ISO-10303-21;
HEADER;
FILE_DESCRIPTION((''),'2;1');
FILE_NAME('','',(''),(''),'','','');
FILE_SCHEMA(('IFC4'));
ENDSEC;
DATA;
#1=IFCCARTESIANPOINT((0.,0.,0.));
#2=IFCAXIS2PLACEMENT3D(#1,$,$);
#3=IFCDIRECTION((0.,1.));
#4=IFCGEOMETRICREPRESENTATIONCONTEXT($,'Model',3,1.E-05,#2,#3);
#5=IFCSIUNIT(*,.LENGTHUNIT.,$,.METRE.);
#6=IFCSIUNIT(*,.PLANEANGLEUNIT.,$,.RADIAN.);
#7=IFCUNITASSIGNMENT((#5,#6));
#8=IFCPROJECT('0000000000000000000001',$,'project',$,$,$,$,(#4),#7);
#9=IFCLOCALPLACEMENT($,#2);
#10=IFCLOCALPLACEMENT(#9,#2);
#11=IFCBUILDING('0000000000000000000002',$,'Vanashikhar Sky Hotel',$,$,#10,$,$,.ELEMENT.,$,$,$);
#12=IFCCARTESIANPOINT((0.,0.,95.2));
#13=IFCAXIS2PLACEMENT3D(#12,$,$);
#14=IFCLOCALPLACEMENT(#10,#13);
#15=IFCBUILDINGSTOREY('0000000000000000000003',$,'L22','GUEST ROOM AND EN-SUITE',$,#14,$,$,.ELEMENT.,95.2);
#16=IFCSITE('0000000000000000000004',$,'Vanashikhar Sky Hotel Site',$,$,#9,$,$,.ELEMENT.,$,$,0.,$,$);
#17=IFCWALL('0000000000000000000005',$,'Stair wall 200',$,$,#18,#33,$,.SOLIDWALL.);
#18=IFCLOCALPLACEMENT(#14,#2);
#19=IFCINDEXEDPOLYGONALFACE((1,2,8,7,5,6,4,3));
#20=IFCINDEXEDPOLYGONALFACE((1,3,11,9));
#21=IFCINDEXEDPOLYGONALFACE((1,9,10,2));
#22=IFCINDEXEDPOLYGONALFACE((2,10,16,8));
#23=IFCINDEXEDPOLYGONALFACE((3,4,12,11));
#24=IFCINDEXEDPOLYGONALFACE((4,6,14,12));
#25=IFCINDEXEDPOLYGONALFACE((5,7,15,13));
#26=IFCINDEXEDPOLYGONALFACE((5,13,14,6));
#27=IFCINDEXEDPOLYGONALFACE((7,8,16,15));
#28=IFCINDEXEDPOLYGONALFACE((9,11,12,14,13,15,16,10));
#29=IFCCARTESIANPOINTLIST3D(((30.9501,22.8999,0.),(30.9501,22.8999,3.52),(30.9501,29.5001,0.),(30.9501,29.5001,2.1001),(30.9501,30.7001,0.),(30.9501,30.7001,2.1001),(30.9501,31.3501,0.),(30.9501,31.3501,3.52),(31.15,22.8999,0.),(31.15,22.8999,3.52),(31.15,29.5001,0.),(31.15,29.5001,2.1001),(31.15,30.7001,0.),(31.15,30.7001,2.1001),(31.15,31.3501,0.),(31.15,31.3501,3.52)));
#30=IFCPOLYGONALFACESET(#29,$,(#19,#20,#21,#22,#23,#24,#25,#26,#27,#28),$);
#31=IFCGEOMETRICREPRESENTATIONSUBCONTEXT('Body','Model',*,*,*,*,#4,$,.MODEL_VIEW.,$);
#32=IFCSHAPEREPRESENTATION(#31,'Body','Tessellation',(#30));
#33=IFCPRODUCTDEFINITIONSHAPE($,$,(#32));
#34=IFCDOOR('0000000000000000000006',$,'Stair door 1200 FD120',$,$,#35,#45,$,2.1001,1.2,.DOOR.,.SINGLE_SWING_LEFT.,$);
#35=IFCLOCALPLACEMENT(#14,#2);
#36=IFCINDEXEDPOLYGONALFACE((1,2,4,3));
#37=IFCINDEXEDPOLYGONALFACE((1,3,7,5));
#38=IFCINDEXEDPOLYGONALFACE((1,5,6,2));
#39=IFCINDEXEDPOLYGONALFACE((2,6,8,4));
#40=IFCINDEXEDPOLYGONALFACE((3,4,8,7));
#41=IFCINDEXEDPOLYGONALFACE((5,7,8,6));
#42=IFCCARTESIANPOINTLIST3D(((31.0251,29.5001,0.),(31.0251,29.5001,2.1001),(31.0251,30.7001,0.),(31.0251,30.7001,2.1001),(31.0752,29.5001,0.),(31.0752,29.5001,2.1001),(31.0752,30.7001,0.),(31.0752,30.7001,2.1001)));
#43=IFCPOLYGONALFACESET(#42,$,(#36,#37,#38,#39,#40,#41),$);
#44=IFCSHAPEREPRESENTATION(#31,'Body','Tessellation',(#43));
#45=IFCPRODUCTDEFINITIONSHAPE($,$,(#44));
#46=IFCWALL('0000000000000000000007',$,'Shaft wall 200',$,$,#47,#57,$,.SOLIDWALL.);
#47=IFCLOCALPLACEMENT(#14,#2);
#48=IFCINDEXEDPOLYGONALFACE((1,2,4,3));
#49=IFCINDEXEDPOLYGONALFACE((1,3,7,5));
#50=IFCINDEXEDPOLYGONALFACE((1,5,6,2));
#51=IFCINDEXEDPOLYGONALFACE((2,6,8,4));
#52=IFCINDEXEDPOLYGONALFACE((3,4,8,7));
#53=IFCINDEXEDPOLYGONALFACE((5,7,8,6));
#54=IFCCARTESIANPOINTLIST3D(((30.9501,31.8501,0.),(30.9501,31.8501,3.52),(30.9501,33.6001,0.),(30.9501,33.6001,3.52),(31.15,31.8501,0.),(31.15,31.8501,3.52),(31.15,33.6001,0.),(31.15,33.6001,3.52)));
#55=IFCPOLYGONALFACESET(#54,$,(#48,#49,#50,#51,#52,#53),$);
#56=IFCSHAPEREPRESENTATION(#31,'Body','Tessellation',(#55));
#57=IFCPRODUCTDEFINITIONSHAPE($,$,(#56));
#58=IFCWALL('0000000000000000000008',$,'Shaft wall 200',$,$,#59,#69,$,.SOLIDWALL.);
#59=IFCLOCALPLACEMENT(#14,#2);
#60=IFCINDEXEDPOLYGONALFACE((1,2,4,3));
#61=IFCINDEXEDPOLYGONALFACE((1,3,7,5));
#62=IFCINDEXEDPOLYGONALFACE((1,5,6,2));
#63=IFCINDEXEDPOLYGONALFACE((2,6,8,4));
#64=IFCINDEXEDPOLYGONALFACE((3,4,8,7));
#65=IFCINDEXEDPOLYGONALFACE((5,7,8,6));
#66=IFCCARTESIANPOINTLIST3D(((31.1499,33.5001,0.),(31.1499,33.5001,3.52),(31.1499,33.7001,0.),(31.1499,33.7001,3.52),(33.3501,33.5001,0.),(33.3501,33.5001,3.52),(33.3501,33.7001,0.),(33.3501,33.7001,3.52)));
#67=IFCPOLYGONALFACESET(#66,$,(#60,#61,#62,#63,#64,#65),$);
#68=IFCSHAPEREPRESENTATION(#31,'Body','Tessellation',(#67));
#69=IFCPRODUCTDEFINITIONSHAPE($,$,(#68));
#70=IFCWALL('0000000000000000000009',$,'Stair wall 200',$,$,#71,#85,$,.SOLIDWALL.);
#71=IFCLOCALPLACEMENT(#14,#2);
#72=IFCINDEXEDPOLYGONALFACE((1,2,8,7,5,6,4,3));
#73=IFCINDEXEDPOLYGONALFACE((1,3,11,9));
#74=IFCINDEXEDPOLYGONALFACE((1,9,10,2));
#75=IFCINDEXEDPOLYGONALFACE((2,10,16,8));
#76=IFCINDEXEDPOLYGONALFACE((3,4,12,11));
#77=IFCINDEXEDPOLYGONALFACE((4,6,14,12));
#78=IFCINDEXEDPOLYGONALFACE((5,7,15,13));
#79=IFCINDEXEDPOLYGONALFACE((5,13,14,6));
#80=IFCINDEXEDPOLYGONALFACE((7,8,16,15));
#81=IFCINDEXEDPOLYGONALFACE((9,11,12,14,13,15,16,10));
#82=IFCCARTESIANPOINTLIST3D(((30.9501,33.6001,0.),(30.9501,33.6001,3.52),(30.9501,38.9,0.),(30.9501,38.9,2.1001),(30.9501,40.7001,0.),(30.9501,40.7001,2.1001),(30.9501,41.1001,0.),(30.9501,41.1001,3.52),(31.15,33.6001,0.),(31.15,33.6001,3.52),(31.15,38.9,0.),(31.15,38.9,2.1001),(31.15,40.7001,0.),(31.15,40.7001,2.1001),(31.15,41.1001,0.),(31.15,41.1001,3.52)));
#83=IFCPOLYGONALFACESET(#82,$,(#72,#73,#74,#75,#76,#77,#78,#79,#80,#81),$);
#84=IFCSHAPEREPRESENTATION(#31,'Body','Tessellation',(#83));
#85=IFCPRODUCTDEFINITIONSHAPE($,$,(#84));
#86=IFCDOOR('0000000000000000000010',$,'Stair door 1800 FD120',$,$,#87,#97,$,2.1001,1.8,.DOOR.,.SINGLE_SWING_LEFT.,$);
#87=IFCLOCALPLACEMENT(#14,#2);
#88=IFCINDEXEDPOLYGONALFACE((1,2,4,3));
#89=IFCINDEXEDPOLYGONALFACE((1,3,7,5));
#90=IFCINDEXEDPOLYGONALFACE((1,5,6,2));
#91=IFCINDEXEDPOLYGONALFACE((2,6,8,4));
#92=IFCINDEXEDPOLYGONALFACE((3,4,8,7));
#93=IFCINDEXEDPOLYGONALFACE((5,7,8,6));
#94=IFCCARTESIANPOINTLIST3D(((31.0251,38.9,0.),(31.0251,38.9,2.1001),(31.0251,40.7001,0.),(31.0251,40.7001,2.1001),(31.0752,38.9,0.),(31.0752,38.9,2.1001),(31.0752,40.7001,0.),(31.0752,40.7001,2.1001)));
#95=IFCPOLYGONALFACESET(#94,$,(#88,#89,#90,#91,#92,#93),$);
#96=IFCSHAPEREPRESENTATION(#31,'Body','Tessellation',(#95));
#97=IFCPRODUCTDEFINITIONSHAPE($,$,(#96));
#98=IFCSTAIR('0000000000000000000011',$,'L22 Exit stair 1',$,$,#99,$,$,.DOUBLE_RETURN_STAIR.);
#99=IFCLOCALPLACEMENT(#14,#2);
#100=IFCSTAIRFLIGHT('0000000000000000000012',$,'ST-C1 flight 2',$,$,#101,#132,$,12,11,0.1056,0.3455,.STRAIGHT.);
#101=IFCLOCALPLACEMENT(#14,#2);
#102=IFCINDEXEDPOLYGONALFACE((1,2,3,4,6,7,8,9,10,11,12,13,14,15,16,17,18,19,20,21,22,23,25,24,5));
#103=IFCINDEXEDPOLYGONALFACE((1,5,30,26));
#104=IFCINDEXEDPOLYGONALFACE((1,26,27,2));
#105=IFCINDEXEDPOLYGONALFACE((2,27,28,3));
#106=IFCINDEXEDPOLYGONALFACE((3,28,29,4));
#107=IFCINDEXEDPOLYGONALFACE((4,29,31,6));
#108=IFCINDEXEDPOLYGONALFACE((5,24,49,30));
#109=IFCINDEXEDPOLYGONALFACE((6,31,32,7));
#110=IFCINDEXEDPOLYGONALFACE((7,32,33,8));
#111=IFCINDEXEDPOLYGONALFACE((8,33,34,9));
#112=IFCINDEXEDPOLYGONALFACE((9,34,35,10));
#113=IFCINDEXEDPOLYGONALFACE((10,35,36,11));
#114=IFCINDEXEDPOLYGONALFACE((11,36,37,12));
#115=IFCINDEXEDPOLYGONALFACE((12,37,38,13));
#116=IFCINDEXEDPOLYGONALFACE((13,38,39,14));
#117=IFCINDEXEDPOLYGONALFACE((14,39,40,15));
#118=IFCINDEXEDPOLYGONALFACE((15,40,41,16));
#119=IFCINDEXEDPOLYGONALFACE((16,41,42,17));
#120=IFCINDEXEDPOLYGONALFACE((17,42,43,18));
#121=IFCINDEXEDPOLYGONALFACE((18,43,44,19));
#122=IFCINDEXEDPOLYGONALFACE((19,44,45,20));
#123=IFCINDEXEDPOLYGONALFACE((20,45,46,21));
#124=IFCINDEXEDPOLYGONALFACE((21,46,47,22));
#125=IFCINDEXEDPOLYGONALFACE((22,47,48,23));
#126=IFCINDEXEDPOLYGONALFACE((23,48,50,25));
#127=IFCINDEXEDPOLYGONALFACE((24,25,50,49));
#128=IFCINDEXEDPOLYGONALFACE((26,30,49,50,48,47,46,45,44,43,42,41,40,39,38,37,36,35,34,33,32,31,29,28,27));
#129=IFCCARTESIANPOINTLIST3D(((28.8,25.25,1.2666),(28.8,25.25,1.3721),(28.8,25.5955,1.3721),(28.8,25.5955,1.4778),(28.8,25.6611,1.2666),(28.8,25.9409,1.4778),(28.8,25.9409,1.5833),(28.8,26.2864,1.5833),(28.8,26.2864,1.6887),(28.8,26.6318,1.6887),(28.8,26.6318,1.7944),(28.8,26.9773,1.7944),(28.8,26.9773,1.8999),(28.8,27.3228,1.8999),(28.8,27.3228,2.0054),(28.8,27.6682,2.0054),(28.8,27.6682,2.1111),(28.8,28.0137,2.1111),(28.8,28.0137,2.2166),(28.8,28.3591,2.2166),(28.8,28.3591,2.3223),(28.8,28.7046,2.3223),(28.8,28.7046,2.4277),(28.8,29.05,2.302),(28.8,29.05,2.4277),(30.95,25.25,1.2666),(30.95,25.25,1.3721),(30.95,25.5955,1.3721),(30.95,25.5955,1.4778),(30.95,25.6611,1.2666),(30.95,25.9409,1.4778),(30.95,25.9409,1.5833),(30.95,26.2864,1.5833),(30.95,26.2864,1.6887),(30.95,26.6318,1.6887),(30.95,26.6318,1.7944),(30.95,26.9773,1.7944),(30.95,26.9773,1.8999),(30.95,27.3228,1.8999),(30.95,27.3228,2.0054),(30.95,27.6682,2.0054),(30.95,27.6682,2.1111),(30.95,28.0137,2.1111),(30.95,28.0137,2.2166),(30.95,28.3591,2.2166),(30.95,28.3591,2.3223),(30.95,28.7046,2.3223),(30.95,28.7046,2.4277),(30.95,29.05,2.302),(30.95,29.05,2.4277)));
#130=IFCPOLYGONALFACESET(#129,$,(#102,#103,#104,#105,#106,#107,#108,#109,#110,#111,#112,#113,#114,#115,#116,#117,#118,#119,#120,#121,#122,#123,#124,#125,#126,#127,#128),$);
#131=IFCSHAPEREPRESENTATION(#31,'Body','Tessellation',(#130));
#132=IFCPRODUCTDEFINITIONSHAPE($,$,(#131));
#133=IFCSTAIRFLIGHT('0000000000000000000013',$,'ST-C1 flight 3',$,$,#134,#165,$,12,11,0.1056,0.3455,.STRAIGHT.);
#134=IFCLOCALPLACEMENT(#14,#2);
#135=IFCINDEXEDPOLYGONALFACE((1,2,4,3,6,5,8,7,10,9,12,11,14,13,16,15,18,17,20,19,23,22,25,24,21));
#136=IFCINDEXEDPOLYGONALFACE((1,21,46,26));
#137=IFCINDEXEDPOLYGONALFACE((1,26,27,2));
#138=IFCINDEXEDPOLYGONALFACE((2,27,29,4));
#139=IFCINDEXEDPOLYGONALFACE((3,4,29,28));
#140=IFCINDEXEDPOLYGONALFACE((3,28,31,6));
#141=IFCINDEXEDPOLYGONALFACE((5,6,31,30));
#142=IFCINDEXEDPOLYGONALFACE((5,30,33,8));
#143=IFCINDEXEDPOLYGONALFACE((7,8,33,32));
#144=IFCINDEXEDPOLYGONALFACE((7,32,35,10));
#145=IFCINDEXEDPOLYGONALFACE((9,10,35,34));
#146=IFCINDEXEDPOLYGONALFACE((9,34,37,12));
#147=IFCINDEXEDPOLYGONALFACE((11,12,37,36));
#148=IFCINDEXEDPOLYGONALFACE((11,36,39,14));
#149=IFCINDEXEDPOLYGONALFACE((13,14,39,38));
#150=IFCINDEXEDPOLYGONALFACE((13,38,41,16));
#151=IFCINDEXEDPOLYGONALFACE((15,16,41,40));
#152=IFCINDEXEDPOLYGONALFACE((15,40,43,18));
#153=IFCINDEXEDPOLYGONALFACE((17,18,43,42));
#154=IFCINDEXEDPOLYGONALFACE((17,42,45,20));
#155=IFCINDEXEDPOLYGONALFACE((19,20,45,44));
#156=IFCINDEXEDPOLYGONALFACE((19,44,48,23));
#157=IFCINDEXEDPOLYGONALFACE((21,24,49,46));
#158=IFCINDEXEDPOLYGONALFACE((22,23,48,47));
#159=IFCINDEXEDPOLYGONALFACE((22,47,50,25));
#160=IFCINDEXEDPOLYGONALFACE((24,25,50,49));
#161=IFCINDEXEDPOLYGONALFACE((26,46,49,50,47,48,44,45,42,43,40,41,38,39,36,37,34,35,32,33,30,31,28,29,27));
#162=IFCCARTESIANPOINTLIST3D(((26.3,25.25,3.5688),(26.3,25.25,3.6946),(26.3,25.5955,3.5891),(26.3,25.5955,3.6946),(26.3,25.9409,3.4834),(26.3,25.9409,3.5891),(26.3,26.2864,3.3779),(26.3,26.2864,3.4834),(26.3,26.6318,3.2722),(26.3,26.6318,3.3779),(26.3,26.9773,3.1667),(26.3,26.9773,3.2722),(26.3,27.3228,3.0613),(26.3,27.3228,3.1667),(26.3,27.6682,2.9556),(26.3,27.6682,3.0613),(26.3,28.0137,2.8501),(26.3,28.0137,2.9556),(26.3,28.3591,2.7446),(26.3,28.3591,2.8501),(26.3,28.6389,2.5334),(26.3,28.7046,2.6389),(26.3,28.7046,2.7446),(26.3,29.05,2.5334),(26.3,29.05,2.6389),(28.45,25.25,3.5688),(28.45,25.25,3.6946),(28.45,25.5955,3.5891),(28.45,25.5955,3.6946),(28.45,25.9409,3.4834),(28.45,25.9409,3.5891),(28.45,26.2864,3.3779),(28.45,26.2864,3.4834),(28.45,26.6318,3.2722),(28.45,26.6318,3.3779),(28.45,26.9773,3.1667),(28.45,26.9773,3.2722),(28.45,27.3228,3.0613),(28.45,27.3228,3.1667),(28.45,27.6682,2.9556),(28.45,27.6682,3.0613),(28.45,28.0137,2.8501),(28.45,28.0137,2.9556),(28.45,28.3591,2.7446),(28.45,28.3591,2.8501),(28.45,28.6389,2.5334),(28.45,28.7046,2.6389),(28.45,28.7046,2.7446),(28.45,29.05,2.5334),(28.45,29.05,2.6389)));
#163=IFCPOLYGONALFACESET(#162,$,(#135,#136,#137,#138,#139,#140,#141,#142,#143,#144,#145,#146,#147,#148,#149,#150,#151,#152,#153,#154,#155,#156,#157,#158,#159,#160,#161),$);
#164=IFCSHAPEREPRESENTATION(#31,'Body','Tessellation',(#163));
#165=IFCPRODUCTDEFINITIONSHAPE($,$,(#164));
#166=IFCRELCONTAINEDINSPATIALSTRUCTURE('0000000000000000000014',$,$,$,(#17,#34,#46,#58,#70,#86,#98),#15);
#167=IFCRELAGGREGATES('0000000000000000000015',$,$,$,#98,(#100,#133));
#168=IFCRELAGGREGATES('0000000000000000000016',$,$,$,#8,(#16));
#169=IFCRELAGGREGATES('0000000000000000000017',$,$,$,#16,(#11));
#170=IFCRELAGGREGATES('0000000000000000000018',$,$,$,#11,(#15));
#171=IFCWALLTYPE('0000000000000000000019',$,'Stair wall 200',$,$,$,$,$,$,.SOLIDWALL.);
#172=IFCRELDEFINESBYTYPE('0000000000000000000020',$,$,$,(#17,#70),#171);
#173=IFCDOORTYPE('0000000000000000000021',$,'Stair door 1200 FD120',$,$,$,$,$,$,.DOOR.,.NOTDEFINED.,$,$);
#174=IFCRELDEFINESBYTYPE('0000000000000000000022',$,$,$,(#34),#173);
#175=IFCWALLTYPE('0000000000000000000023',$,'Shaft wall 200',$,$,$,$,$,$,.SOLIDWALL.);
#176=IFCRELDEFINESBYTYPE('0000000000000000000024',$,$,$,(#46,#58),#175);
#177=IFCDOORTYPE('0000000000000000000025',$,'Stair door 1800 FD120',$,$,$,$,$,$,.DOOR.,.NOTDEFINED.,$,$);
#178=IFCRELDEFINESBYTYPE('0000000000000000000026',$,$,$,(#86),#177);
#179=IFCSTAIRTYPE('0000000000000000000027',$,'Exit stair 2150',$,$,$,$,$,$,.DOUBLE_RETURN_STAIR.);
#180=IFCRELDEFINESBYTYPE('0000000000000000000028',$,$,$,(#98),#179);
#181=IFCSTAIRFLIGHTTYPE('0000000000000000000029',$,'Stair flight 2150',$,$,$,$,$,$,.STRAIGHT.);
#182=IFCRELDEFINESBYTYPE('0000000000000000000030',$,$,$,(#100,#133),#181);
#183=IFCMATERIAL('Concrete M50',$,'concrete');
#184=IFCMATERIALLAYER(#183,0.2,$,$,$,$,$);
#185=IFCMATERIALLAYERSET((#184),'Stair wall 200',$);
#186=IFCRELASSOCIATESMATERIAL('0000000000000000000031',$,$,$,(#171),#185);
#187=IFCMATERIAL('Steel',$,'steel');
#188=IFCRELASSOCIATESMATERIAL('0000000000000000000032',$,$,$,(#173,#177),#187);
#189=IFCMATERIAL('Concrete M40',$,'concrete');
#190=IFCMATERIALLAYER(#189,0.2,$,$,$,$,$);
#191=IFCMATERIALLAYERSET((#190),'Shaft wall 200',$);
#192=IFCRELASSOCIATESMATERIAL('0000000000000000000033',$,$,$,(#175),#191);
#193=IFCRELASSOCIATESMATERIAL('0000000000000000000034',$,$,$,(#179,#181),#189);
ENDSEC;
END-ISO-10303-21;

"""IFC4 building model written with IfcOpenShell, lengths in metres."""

from ifc_helpers import new_model, si_unit, direction, frame, frame_2d, origin, place, context, subcontext, project, spatial, polyline, rectangle, outline, extrude, source, transform, mapped, material, layer, layer_set, type_object, element, fill, aggregate, save


model = new_model("IFC4")

# Units and contexts
model_context = context("Model", 3, precision=1e-05, world=origin(), true_north=direction((0.0, 1.0)))
body_context = subcontext(model_context, "Body", "Model", "MODEL_VIEW")
ifc_project = project(units=[si_unit("LENGTHUNIT", "METRE"), si_unit("PLANEANGLEUNIT", "RADIAN")], contexts=[model_context])

# Site, building, storey
site_placement = place(None, origin())
site = spatial("IfcSite", under=ifc_project, at=site_placement, Name="Vanashikhar Sky Hotel Site", CompositionType="ELEMENT", RefElevation=0.0)
building_placement = place(site_placement, origin())
building = spatial("IfcBuilding", under=site, at=building_placement, Name="Vanashikhar Sky Hotel", CompositionType="ELEMENT")
storey_placement = place(building_placement, frame((0.0, 0.0, 95.2)))
storey = spatial("IfcBuildingStorey", under=building, at=storey_placement, Name="L22", Description="GUEST ROOM AND EN-SUITE", CompositionType="ELEMENT", Elevation=95.2)

# Wall, opening, door
ifc_material_1 = material(Name="Concrete M50", Category="concrete")
ifc_layer_1 = layer(ifc_material_1, 0.2)
ifc_layer_set_1 = layer_set([ifc_layer_1], Name="Stair wall 200")
wall_type_1 = type_object("IfcWallType", Name="Stair wall 200", PredefinedType="SOLIDWALL", material=ifc_layer_set_1)
shared_shape_1 = source(origin(), body_context, "Body", "SweptSolid", [
    extrude(rectangle(XDim=8.4502, YDim=0.2, at=frame_2d((4.2251, 0.0))), origin(), (0.0, 0.0, 1.0), 3.52),
])
wall_1_placement = place(storey_placement, frame((31.05, 22.8999, 0.0), z_axis=(0.0, 0.0, 1.0), x_axis=(0.0, 1.0, 0.0)))
wall_1 = element("IfcWall", 1, at=wall_1_placement, inside=storey, type_object=wall_type_1, Name="Stair wall 200", PredefinedType="SOLIDWALL", context=body_context, shape_type="MappedRepresentation", body=[
    mapped(shared_shape_1, transform((0.0, 0.0, 0.0), scale=1.0)),
])
shared_shape_2 = source(origin(), body_context, "Body", "SweptSolid", [
    extrude(rectangle(XDim=1.2, YDim=2.1001, at=frame_2d((0.6001, 1.05))), frame((0.0, 0.1099, 0.0), z_axis=(0.0, -1.0, 0.0), x_axis=(1.0, 0.0, 0.0)), (0.0, 0.0, 1.0), 0.22),
])
opening_1_placement = place(wall_1_placement, frame((6.6001, 0.0, 0.0)))
opening_1 = element("IfcOpeningElement", 2, at=opening_1_placement, cuts=wall_1, PredefinedType="OPENING", context=body_context, shape_type="MappedRepresentation", body=[
    mapped(shared_shape_2, transform((0.0, 0.0, 0.0), scale=1.0)),
])
ifc_material_2 = material(Name="Steel", Category="steel")
door_type_1 = type_object("IfcDoorType", Name="Stair door 1200 FD120", OperationType="NOTDEFINED", PredefinedType="DOOR", material=ifc_material_2)
shared_shape_3 = source(origin(), body_context, "Body", "SweptSolid", [
    extrude(rectangle(XDim=1.2, YDim=2.1001, at=frame_2d((0.6001, 1.05))), frame((0.0, 0.0249, 0.0), z_axis=(0.0, -1.0, 0.0), x_axis=(1.0, 0.0, 0.0)), (0.0, 0.0, 1.0), 0.05),
])
door_1_placement = place(opening_1_placement, origin())
door_1 = element("IfcDoor", 3, at=door_1_placement, inside=storey, type_object=door_type_1, Name="Stair door 1200 FD120", OperationType="SINGLE_SWING_LEFT", OverallHeight=2.1001, OverallWidth=1.2, PredefinedType="DOOR", context=body_context, shape_type="MappedRepresentation", body=[
    mapped(shared_shape_3, transform((0.0, 0.0, 0.0), scale=1.0)),
])
fill(opening_1, door_1)

# Walls
ifc_material_3 = material(Name="Concrete M40", Category="concrete")
ifc_layer_2 = layer(ifc_material_3, 0.2)
ifc_layer_set_2 = layer_set([ifc_layer_2], Name="Shaft wall 200")
wall_type_2 = type_object("IfcWallType", Name="Shaft wall 200", PredefinedType="SOLIDWALL", material=ifc_layer_set_2)
shared_shape_4 = source(origin(), body_context, "Body", "SweptSolid", [
    extrude(rectangle(XDim=1.75, YDim=0.2, at=frame_2d((0.875, 0.0))), origin(), (0.0, 0.0, 1.0), 3.52),
])
wall_2_placement = place(storey_placement, frame((31.05, 31.8501, 0.0), z_axis=(0.0, 0.0, 1.0), x_axis=(0.0, 1.0, 0.0)))
element("IfcWall", 4, at=wall_2_placement, inside=storey, type_object=wall_type_2, Name="Shaft wall 200", PredefinedType="SOLIDWALL", context=body_context, shape_type="MappedRepresentation", body=[
    mapped(shared_shape_4, transform((0.0, 0.0, 0.0), scale=1.0)),
])
shared_shape_5 = source(origin(), body_context, "Body", "SweptSolid", [
    extrude(rectangle(XDim=2.2002, YDim=0.2, at=frame_2d((1.1001, 0.0))), origin(), (0.0, 0.0, 1.0), 3.52),
])
wall_3_placement = place(storey_placement, frame((31.1499, 33.6001, 0.0), z_axis=(0.0, 0.0, 1.0), x_axis=(1.0, 0.0, 0.0)))
element("IfcWall", 5, at=wall_3_placement, inside=storey, type_object=wall_type_2, Name="Shaft wall 200", PredefinedType="SOLIDWALL", context=body_context, shape_type="MappedRepresentation", body=[
    mapped(shared_shape_5, transform((0.0, 0.0, 0.0), scale=1.0)),
])

# Wall, opening, door
shared_shape_6 = source(origin(), body_context, "Body", "SweptSolid", [
    extrude(rectangle(XDim=7.5, YDim=0.2, at=frame_2d((3.75, 0.0))), origin(), (0.0, 0.0, 1.0), 3.52),
])
wall_4_placement = place(storey_placement, frame((31.05, 33.6001, 0.0), z_axis=(0.0, 0.0, 1.0), x_axis=(0.0, 1.0, 0.0)))
wall_4 = element("IfcWall", 6, at=wall_4_placement, inside=storey, type_object=wall_type_1, Name="Stair wall 200", PredefinedType="SOLIDWALL", context=body_context, shape_type="MappedRepresentation", body=[
    mapped(shared_shape_6, transform((0.0, 0.0, 0.0), scale=1.0)),
])
shared_shape_7 = source(origin(), body_context, "Body", "SweptSolid", [
    extrude(rectangle(XDim=1.8, YDim=2.1001, at=frame_2d((0.8999, 1.05))), frame((0.0, 0.1099, 0.0), z_axis=(0.0, -1.0, 0.0), x_axis=(1.0, 0.0, 0.0)), (0.0, 0.0, 1.0), 0.22),
])
opening_2_placement = place(wall_4_placement, frame((5.3, 0.0, 0.0)))
opening_2 = element("IfcOpeningElement", 7, at=opening_2_placement, cuts=wall_4, PredefinedType="OPENING", context=body_context, shape_type="MappedRepresentation", body=[
    mapped(shared_shape_7, transform((0.0, 0.0, 0.0), scale=1.0)),
])
door_type_2 = type_object("IfcDoorType", Name="Stair door 1800 FD120", OperationType="NOTDEFINED", PredefinedType="DOOR", material=ifc_material_2)
shared_shape_8 = source(origin(), body_context, "Body", "SweptSolid", [
    extrude(rectangle(XDim=1.8, YDim=2.1001, at=frame_2d((0.8999, 1.05))), frame((0.0, 0.0249, 0.0), z_axis=(0.0, -1.0, 0.0), x_axis=(1.0, 0.0, 0.0)), (0.0, 0.0, 1.0), 0.05),
])
door_2_placement = place(opening_2_placement, origin())
door_2 = element("IfcDoor", 8, at=door_2_placement, inside=storey, type_object=door_type_2, Name="Stair door 1800 FD120", OperationType="SINGLE_SWING_LEFT", OverallHeight=2.1001, OverallWidth=1.8, PredefinedType="DOOR", context=body_context, shape_type="MappedRepresentation", body=[
    mapped(shared_shape_8, transform((0.0, 0.0, 0.0), scale=1.0)),
])
fill(opening_2, door_2)

# Stair, stair flights
stair_type = type_object("IfcStairType", Name="Exit stair 2150", PredefinedType="DOUBLE_RETURN_STAIR", material=ifc_material_3)
stair_1_placement = place(storey_placement, origin())
stair_1 = element("IfcStair", 9, at=stair_1_placement, inside=storey, type_object=stair_type, Name="L22 Exit stair 1", PredefinedType="DOUBLE_RETURN_STAIR")
stair_flight_type = type_object("IfcStairFlightType", Name="Stair flight 2150", PredefinedType="STRAIGHT", material=ifc_material_3)
shared_shape_9 = source(origin(), body_context, "Body", "SweptSolid", [
    extrude(outline(polyline([(0.0, 0.0), (0.0, 0.1055), (0.3455, 0.1055), (0.3455, 0.2112), (0.6909, 0.2112), (0.6909, 0.3167), (1.0364, 0.3167), (1.0364, 0.4221), (1.3818, 0.4221), (1.3818, 0.5278), (1.7273, 0.5278), (1.7273, 0.6333), (2.0728, 0.6333), (2.0728, 0.7388), (2.4182, 0.7388), (2.4182, 0.8445), (2.7637, 0.8445), (2.7637, 0.95), (3.1091, 0.95), (3.1091, 1.0557), (3.4546, 1.0557), (3.4546, 1.1611), (3.8, 1.1611), (3.8, 1.2666), (3.8, 1.0354), (0.4111, 0.0), (0.0, 0.0)])), frame((0.0, 1.075, 0.0), z_axis=(0.0, -1.0, 0.0), x_axis=(1.0, 0.0, 0.0)), (0.0, 0.0, 1.0), 2.1499),
])
stair_flight_1_placement = place(storey_placement, frame((29.875, 25.25, 1.2666), z_axis=(0.0, 0.0, 1.0), x_axis=(0.0, 1.0, 0.0)))
stair_flight_1 = element("IfcStairFlight", 10, at=stair_flight_1_placement, type_object=stair_flight_type, Name="ST-C1 flight 2", NumberOfRisers=12, NumberOfTreads=11, PredefinedType="STRAIGHT", RiserHeight=0.1056, TreadLength=0.3455, context=body_context, shape_type="MappedRepresentation", body=[
    mapped(shared_shape_9, transform((0.0, 0.0, 0.0), scale=1.0)),
])
stair_flight_2_placement = place(storey_placement, frame((27.375, 29.05, 2.5334), z_axis=(0.0, 0.0, 1.0), x_axis=(0.0, -1.0, 0.0)))
stair_flight_2 = element("IfcStairFlight", 11, at=stair_flight_2_placement, type_object=stair_flight_type, Name="ST-C1 flight 3", NumberOfRisers=12, NumberOfTreads=11, PredefinedType="STRAIGHT", RiserHeight=0.1056, TreadLength=0.3455, context=body_context, shape_type="MappedRepresentation", body=[
    mapped(shared_shape_9, transform((0.0, 0.0, 0.0), scale=1.0)),
])
aggregate(stair_1, [stair_flight_1, stair_flight_2])

save(model, "model.ifc")
